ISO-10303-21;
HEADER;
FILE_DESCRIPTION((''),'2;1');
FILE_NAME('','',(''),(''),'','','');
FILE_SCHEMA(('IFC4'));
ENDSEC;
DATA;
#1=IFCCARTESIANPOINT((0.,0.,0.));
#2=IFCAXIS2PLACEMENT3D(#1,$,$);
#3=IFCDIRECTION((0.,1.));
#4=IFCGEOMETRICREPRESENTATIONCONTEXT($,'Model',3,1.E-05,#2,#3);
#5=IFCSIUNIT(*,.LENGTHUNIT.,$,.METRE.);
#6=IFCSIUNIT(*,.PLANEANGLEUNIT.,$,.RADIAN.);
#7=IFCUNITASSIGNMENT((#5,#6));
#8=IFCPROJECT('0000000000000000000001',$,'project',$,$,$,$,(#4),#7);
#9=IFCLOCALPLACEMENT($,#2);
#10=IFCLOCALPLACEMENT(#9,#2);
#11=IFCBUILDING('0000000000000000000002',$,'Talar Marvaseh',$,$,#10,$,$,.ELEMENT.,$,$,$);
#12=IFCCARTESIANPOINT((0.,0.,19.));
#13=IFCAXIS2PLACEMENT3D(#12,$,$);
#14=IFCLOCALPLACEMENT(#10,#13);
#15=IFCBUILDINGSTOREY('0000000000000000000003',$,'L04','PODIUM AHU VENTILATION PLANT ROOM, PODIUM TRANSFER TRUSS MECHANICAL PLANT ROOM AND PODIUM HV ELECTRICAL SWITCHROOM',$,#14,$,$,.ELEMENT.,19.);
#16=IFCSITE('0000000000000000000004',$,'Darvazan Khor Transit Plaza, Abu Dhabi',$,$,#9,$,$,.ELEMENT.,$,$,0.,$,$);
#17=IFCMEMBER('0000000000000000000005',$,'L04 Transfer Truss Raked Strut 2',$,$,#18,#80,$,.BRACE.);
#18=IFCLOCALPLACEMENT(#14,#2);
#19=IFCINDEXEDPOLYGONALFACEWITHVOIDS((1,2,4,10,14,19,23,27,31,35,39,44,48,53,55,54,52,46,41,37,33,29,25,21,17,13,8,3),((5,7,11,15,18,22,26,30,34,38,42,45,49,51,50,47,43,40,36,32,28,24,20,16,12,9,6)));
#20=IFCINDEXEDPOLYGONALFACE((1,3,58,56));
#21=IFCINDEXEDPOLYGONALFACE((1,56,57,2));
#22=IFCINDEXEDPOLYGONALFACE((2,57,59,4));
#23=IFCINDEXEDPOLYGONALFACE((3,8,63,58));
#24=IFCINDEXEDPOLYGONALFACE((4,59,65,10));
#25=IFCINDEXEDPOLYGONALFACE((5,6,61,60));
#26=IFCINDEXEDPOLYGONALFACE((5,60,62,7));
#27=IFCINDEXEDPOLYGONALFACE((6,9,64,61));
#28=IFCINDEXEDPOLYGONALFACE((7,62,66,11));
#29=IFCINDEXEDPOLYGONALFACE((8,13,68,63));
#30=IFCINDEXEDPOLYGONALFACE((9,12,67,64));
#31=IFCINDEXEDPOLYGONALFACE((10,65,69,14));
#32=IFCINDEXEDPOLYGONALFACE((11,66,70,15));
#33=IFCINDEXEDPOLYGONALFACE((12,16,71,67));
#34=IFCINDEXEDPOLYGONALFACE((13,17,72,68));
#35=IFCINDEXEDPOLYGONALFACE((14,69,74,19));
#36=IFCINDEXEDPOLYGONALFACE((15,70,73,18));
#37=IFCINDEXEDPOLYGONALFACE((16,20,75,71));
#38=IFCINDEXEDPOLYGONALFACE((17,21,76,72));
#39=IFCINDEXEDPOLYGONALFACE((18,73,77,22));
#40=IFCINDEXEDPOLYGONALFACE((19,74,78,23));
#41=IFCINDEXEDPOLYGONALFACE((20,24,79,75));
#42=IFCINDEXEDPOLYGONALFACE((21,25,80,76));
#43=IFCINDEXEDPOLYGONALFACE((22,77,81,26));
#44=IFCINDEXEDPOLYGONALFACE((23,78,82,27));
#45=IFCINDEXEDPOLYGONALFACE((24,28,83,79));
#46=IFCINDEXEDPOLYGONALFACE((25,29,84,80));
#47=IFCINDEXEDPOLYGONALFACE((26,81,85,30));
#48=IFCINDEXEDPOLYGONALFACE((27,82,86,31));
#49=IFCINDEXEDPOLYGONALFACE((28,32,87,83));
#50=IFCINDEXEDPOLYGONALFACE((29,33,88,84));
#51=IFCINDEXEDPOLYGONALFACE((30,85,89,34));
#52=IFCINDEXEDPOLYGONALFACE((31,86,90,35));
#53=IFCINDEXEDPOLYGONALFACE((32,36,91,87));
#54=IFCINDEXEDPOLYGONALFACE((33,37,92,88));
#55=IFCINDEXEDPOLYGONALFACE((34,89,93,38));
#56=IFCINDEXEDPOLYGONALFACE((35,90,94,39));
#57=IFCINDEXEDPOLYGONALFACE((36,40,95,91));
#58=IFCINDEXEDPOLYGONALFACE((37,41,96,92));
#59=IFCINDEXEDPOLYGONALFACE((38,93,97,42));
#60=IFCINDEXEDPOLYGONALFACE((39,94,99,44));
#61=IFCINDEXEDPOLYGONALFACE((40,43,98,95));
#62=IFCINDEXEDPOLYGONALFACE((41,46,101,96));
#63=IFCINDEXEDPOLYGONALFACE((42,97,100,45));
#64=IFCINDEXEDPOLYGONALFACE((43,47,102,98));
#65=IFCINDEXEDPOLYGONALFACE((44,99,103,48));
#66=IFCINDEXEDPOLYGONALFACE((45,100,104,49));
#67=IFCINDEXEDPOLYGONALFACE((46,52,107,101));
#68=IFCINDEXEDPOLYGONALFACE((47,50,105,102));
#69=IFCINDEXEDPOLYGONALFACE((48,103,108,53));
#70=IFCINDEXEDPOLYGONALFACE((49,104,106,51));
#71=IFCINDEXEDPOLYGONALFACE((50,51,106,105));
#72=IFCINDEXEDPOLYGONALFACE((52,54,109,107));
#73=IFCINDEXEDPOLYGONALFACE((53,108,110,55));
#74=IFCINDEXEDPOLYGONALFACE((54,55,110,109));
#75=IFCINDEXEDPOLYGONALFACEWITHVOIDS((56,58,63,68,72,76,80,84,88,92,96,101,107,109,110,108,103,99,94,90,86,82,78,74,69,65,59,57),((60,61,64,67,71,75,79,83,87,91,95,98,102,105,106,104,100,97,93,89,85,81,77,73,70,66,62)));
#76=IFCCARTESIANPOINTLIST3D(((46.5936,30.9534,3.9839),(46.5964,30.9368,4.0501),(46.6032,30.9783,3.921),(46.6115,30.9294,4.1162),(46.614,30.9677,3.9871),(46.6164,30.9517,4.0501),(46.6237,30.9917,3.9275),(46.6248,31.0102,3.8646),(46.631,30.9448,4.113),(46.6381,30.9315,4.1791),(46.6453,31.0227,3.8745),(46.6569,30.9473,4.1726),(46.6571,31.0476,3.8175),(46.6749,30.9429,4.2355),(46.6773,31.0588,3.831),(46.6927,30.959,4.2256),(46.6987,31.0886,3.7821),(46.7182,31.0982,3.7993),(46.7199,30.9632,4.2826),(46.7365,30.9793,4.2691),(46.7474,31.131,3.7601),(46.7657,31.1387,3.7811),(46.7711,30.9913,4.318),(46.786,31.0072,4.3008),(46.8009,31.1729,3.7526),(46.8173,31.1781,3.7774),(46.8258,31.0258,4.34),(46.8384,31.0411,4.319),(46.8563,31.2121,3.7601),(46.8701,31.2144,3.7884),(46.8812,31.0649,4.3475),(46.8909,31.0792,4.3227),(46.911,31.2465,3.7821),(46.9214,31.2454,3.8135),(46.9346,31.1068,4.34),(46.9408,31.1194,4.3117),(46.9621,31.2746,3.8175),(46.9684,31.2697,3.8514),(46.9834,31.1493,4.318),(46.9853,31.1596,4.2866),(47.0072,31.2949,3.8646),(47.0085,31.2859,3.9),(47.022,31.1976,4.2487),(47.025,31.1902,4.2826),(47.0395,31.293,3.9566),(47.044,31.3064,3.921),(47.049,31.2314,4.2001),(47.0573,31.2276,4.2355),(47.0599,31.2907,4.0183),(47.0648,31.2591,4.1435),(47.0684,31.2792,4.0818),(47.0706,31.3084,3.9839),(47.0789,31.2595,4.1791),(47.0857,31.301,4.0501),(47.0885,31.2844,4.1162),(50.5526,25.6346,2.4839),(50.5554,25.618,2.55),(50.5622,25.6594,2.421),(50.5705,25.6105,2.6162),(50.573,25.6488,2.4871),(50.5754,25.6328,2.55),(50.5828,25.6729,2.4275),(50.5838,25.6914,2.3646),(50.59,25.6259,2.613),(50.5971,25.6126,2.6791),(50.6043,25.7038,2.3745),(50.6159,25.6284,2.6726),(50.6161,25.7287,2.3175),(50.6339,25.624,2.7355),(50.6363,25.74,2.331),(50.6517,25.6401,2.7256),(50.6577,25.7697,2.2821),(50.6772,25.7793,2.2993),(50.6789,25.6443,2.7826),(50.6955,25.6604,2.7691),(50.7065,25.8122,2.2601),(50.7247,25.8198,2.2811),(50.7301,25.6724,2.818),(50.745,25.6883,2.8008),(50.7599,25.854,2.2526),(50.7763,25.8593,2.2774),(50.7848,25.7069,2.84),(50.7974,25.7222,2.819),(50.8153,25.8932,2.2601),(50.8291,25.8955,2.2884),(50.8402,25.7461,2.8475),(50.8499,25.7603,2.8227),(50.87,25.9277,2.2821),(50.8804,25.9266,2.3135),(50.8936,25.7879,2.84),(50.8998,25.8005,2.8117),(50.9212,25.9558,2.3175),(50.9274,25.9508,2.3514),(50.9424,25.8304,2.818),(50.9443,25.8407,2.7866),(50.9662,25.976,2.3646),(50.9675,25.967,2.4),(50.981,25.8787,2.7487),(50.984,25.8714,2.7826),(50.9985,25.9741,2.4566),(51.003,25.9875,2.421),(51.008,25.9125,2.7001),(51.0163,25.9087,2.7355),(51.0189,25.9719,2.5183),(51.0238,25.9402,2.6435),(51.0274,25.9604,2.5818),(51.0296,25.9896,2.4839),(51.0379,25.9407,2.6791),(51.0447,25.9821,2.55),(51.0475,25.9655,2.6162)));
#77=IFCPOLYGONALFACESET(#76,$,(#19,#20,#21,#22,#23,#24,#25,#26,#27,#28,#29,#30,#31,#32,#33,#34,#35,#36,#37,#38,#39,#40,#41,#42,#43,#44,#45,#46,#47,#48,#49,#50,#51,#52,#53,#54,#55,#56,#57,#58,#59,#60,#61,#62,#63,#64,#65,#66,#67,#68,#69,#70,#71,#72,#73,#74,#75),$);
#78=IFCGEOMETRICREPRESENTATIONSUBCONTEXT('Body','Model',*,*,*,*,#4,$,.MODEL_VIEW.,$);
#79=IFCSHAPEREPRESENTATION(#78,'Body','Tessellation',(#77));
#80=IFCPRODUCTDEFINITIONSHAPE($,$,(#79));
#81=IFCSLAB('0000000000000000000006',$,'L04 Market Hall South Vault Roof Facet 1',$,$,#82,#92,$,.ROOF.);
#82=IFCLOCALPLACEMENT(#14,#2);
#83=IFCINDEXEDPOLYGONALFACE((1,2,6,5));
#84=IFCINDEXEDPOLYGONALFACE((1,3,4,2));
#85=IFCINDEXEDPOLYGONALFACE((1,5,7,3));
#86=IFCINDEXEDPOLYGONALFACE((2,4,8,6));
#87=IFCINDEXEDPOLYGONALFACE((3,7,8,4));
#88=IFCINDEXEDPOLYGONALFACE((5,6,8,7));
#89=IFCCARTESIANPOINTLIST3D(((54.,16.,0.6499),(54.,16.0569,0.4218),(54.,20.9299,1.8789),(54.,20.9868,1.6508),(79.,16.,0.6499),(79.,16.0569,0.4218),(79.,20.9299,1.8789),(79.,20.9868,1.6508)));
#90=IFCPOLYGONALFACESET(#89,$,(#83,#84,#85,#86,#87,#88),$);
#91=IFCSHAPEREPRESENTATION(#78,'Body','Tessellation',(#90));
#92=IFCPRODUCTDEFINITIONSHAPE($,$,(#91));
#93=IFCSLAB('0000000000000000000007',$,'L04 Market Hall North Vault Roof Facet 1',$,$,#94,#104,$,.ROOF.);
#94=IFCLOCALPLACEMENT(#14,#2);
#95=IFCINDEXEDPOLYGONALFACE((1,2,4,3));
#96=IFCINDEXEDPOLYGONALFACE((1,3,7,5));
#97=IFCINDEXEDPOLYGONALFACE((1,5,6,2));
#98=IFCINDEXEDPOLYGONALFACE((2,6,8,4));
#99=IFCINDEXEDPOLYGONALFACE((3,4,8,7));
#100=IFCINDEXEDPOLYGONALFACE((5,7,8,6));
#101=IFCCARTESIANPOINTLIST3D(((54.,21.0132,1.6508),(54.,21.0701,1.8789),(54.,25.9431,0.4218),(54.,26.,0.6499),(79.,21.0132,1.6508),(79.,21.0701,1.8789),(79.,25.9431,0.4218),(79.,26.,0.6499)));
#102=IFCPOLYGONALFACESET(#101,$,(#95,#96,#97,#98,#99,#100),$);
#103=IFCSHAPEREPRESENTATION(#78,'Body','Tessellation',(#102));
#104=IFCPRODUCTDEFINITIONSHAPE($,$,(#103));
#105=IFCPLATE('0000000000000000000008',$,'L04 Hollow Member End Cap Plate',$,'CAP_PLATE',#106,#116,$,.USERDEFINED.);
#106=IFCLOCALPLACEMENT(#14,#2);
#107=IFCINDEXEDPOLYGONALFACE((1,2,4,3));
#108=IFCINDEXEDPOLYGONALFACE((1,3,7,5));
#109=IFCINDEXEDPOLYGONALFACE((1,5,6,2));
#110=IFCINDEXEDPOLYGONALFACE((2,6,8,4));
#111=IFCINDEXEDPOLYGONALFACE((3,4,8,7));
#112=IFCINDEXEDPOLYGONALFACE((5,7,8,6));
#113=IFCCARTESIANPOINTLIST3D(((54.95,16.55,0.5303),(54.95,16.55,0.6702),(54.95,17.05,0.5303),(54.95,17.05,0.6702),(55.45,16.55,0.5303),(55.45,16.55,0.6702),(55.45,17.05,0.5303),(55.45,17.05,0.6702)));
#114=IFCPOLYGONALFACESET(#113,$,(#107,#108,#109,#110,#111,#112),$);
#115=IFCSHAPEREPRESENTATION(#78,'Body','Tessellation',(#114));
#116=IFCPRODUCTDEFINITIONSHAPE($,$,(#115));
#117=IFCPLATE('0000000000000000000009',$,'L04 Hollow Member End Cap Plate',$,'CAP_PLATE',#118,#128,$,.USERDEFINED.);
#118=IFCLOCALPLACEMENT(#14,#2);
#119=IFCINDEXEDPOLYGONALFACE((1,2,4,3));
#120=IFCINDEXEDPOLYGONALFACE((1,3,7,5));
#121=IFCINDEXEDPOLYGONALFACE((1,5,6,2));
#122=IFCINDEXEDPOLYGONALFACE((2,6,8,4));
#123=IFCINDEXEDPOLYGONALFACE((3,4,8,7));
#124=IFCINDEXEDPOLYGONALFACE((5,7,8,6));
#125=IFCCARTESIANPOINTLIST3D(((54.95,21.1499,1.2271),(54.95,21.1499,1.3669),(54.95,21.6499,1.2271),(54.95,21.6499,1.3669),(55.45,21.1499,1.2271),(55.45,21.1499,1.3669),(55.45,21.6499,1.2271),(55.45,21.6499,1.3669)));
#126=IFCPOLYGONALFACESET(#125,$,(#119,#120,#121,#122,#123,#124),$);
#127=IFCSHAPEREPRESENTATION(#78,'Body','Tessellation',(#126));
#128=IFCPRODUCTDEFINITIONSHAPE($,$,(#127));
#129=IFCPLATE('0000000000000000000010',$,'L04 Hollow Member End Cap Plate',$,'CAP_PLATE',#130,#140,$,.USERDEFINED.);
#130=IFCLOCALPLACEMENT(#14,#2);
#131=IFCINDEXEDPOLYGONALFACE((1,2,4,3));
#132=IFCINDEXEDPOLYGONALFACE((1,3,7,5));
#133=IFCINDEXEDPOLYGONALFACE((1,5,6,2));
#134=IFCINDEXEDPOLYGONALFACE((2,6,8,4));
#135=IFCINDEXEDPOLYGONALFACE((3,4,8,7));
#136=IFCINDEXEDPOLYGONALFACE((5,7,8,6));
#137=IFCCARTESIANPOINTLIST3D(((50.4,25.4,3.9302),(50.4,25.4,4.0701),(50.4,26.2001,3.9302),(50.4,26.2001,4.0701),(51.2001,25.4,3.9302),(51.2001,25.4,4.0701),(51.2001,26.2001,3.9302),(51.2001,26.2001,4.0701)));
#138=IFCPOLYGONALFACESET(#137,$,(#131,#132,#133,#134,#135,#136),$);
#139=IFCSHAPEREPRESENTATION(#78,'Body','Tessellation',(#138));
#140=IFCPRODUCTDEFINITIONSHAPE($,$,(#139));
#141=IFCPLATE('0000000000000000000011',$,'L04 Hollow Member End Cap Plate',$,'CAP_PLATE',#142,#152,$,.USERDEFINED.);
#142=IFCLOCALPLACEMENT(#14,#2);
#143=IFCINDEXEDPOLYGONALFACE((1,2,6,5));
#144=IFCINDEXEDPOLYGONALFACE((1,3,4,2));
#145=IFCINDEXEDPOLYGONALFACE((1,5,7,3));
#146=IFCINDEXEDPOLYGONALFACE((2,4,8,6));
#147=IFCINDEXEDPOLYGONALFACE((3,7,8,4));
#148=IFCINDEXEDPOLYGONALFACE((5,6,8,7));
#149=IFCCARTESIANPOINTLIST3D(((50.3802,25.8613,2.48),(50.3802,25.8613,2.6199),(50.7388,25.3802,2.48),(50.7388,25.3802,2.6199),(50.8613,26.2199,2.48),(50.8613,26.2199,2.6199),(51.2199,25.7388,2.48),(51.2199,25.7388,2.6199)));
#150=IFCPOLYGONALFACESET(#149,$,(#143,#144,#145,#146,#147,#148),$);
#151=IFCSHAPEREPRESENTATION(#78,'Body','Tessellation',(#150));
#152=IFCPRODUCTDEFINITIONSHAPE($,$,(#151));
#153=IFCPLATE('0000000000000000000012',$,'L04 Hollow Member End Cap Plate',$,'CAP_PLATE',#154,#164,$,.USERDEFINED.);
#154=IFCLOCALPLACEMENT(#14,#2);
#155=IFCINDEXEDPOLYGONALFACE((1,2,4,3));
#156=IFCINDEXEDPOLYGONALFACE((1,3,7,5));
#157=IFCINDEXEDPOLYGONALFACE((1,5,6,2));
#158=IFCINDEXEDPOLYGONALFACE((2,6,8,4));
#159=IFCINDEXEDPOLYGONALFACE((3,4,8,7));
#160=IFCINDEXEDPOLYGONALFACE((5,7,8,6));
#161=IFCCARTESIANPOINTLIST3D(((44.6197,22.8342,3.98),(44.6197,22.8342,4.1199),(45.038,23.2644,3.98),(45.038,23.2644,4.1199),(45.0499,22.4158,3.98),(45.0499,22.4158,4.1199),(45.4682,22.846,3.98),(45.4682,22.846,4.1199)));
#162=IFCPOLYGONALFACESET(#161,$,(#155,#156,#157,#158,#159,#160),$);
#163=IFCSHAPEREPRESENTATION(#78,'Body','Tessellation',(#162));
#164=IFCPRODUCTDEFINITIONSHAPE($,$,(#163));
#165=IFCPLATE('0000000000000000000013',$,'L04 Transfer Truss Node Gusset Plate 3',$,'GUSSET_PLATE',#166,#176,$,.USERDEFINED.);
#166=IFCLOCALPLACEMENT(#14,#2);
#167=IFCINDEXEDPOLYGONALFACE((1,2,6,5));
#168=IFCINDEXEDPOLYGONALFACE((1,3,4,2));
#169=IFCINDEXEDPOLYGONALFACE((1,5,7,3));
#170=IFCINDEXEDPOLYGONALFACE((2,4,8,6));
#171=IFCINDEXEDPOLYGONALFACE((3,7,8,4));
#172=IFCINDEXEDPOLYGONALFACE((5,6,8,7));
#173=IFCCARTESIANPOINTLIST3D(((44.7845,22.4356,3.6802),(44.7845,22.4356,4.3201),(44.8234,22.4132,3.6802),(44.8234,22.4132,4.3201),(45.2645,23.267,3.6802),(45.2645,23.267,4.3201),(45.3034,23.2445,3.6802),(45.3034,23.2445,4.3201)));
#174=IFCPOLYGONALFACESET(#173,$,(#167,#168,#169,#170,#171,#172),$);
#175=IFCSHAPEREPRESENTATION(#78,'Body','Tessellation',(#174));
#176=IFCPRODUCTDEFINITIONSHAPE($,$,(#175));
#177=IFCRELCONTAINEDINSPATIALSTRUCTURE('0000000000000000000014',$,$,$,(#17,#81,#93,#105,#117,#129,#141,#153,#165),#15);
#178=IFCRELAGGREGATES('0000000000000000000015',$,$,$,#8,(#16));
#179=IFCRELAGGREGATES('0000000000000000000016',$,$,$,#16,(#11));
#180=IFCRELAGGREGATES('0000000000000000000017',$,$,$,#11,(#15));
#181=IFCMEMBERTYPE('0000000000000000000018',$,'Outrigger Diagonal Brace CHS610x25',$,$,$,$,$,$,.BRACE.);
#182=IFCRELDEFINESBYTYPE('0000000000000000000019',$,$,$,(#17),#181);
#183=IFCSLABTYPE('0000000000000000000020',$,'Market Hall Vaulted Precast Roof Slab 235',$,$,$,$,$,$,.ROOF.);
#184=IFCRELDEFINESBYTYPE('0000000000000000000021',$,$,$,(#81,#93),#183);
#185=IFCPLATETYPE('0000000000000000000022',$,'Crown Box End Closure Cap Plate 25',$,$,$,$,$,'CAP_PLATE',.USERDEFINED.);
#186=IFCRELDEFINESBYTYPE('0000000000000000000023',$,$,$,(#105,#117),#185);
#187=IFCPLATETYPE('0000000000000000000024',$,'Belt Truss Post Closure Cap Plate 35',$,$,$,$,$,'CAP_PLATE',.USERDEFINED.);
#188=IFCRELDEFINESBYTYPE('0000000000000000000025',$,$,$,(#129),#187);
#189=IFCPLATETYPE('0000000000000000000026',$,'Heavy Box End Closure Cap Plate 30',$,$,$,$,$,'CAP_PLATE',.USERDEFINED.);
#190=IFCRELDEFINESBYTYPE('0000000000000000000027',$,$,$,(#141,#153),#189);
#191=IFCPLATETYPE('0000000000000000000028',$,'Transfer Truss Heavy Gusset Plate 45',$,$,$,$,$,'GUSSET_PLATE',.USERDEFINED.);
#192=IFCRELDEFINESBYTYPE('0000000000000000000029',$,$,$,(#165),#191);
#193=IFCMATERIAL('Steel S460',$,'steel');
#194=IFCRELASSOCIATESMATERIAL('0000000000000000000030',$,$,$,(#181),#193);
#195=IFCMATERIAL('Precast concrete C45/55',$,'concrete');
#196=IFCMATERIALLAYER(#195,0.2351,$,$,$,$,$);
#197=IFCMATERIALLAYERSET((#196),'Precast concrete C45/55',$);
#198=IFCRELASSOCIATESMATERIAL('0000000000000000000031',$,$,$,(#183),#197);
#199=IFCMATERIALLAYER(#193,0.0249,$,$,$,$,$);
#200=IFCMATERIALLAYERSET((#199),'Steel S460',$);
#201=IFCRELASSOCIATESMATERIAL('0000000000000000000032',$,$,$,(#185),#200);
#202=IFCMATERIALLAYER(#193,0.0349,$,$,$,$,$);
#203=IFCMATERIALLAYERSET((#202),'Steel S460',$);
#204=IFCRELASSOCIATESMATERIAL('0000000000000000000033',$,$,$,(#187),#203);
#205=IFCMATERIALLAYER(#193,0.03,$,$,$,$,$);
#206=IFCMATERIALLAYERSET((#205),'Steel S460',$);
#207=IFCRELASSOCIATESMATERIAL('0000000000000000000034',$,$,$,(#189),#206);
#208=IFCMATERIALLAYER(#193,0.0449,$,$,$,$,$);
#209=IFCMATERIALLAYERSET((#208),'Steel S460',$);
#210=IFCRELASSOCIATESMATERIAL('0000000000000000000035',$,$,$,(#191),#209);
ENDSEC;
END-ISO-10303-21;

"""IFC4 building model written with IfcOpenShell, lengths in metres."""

from ifc_helpers import new_model, si_unit, direction, frame, origin, origin_2d, place, context, subcontext, project, spatial, polyline, rectangle, hollow_circle, outline, extrude, source, transform, mapped, material, layer, layer_set, material_profile, profile_set, type_object, type_shapes, element, save


model = new_model("IFC4")

# Units and contexts
model_context = context("Model", 3, precision=1e-05, world=origin(), true_north=direction((0.0, 1.0)))
body_context = subcontext(model_context, "Body", "Model", "MODEL_VIEW")
ifc_project = project(units=[si_unit("LENGTHUNIT", "METRE"), si_unit("PLANEANGLEUNIT", "RADIAN")], contexts=[model_context])

# Site, building, storey
site_placement = place(None, origin())
site = spatial("IfcSite", under=ifc_project, at=site_placement, Name="Darvazan Khor Transit Plaza, Abu Dhabi", CompositionType="ELEMENT", RefElevation=0.0)
building_placement = place(site_placement, origin())
building = spatial("IfcBuilding", under=site, at=building_placement, Name="Talar Marvaseh", CompositionType="ELEMENT")
storey_placement = place(building_placement, frame((0.0, 0.0, 19.0)))
storey = spatial("IfcBuildingStorey", under=building, at=storey_placement, Name="L04", Description="PODIUM AHU VENTILATION PLANT ROOM, PODIUM TRANSFER TRUSS MECHANICAL PLANT ROOM AND PODIUM HV ELECTRICAL SWITCHROOM", CompositionType="ELEMENT", Elevation=19.0)

# Shared definitions
ifc_material_1 = material(Name="Steel S460", Category="steel")

# Member
ifc_material_profile_1 = material_profile(ifc_material_1, hollow_circle(Radius=0.3049, WallThickness=0.0249, at=origin_2d()), Name="CHS610x25")
ifc_profile_set_1 = profile_set([ifc_material_profile_1], Name="Steel S460")
member_type_1 = type_object("IfcMemberType", Name="Outrigger Diagonal Brace CHS610x25", PredefinedType="BRACE", material=ifc_profile_set_1)
shared_shape_1 = source(origin(), body_context, "Body", "SweptSolid", [
    extrude(hollow_circle(Radius=0.3049, WallThickness=0.0249, at=origin_2d()), origin(), (0.0, 0.0, 1.0), 6.7981),
])
type_shapes(member_type_1, [shared_shape_1])
member_1_placement = place(storey_placement, frame((50.8, 25.8, 2.55), z_axis=(-0.582369, 0.782406, 0.220651), x_axis=(-0.802177, -0.597086, 0.0)))
element("IfcMember", 1, at=member_1_placement, inside=storey, type_object=member_type_1, Name="L04 Transfer Truss Raked Strut 2", PredefinedType="BRACE", context=body_context, shape_type="MappedRepresentation", body=[
    mapped(shared_shape_1, transform((0.0, 0.0, 0.0), x_axis=(1.0, 0.0, 0.0), y_axis=(0.0, 1.0, 0.0), z_axis=(0.0, 0.0, 1.0), scale=1.0)),
])

# Slabs
ifc_material_2 = material(Name="Precast concrete C45/55", Category="concrete")
ifc_layer_1 = layer(ifc_material_2, 0.2351)
ifc_layer_set_1 = layer_set([ifc_layer_1], Name="Precast concrete C45/55")
slab_type = type_object("IfcSlabType", Name="Market Hall Vaulted Precast Roof Slab 235", PredefinedType="ROOF", material=ifc_layer_set_1)
for number, where, z_axis, x_axis, name in (
    (2, (54.0, 16.0, 0.6499), (0.0, -0.241891, 0.970303), (1.0, 0.0, 0.0), "L04 Market Hall South Vault Roof Facet 1"),
    (3, (54.0, 21.0701, 1.8789), (0.0, 0.241891, 0.970303), (1.0, 0.0, 0.0), "L04 Market Hall North Vault Roof Facet 1"),
):
    element("IfcSlab", number, at=place(storey_placement, frame(where, z_axis=z_axis, x_axis=x_axis)), inside=storey, type_object=slab_type, Name=name, PredefinedType="ROOF", context=body_context, shape_type="SweptSolid", body=[
        extrude(outline(polyline([(0.0, 0.0), (25.0, 0.0), (25.0, 5.0808), (0.0, 5.0808), (0.0, 0.0)])), origin(), (0.0, 0.0, -1.0), 0.2351),
    ])

# Plates
ifc_layer_2 = layer(ifc_material_1, 0.0249)
ifc_layer_set_2 = layer_set([ifc_layer_2], Name="Steel S460")
plate_type_1 = type_object("IfcPlateType", Name="Crown Box End Closure Cap Plate 25", ElementType="CAP_PLATE", PredefinedType="USERDEFINED", material=ifc_layer_set_2)
shared_shape_2 = source(origin(), body_context, "Body", "SweptSolid", [
    extrude(rectangle(XDim=0.5, YDim=0.5, at=origin_2d()), origin(), (0.0, 0.0, 1.0), 0.1399),
])
type_shapes(plate_type_1, [shared_shape_2])
for number, where, z_axis, x_axis, name in (
    (4, (55.2, 16.8, 0.5303), (0.0, 0.0, 1.0), (0.0, 1.0, 0.0), "L04 Hollow Member End Cap Plate"),
    (5, (55.2, 21.3999, 1.2271), (0.0, 0.0, 1.0), (0.0, 1.0, 0.0), "L04 Hollow Member End Cap Plate"),
):
    element("IfcPlate", number, at=place(storey_placement, frame(where, z_axis=z_axis, x_axis=x_axis)), inside=storey, type_object=plate_type_1, Name=name, ObjectType="CAP_PLATE", PredefinedType="USERDEFINED", context=body_context, shape_type="MappedRepresentation", body=[
        mapped(shared_shape_2, transform((0.0, 0.0, 0.0), x_axis=(1.0, 0.0, 0.0), y_axis=(0.0, 1.0, 0.0), z_axis=(0.0, 0.0, 1.0), scale=1.0)),
    ])
ifc_layer_3 = layer(ifc_material_1, 0.0349)
ifc_layer_set_3 = layer_set([ifc_layer_3], Name="Steel S460")
plate_type_2 = type_object("IfcPlateType", Name="Belt Truss Post Closure Cap Plate 35", ElementType="CAP_PLATE", PredefinedType="USERDEFINED", material=ifc_layer_set_3)
shared_shape_3 = source(origin(), body_context, "Body", "SweptSolid", [
    extrude(rectangle(XDim=0.8, YDim=0.8, at=origin_2d()), origin(), (0.0, 0.0, 1.0), 0.1399),
])
plate_1_placement = place(storey_placement, frame((50.8, 25.8, 3.9302), z_axis=(0.0, 0.0, 1.0), x_axis=(0.0, 1.0, 0.0)))
element("IfcPlate", 6, at=plate_1_placement, inside=storey, type_object=plate_type_2, Name="L04 Hollow Member End Cap Plate", ObjectType="CAP_PLATE", PredefinedType="USERDEFINED", context=body_context, shape_type="MappedRepresentation", body=[
    mapped(shared_shape_3, transform((0.0, 0.0, 0.0), x_axis=(1.0, 0.0, 0.0), y_axis=(0.0, 1.0, 0.0), z_axis=(0.0, 0.0, 1.0), scale=1.0)),
])
ifc_layer_4 = layer(ifc_material_1, 0.03)
ifc_layer_set_4 = layer_set([ifc_layer_4], Name="Steel S460")
plate_type_3 = type_object("IfcPlateType", Name="Heavy Box End Closure Cap Plate 30", ElementType="CAP_PLATE", PredefinedType="USERDEFINED", material=ifc_layer_set_4)
shared_shape_4 = source(origin(), body_context, "Body", "SweptSolid", [
    extrude(rectangle(XDim=0.6001, YDim=0.6001, at=origin_2d()), origin(), (0.0, 0.0, 1.0), 0.1399),
])
type_shapes(plate_type_3, [shared_shape_4])
for number, where, z_axis, x_axis, name in (
    (7, (50.8, 25.8, 2.48), (0.0, 0.0, 1.0), (-0.597625, 0.801776, 0.0), "L04 Hollow Member End Cap Plate"),
    (8, (45.0439, 22.8401, 3.98), (0.0, 0.0, 1.0), (0.716911, -0.697165, 0.0), "L04 Hollow Member End Cap Plate"),
):
    element("IfcPlate", number, at=place(storey_placement, frame(where, z_axis=z_axis, x_axis=x_axis)), inside=storey, type_object=plate_type_3, Name=name, ObjectType="CAP_PLATE", PredefinedType="USERDEFINED", context=body_context, shape_type="MappedRepresentation", body=[
        mapped(shared_shape_4, transform((0.0, 0.0, 0.0), x_axis=(1.0, 0.0, 0.0), y_axis=(0.0, 1.0, 0.0), z_axis=(0.0, 0.0, 1.0), scale=1.0)),
    ])
ifc_layer_5 = layer(ifc_material_1, 0.0449)
ifc_layer_set_5 = layer_set([ifc_layer_5], Name="Steel S460")
plate_type_4 = type_object("IfcPlateType", Name="Transfer Truss Heavy Gusset Plate 45", ElementType="GUSSET_PLATE", PredefinedType="USERDEFINED", material=ifc_layer_set_5)
shared_shape_5 = source(origin(), body_context, "Body", "SweptSolid", [
    extrude(rectangle(XDim=0.96, YDim=0.0449, at=origin_2d()), origin(), (0.0, 0.0, 1.0), 0.6399),
])
type_shapes(plate_type_4, [shared_shape_5])
plate_2_placement = place(storey_placement, frame((45.0439, 22.8401, 3.6802), z_axis=(0.0, 0.0, 1.0), x_axis=(0.5, 0.866025, 0.0)))
element("IfcPlate", 9, at=plate_2_placement, inside=storey, type_object=plate_type_4, Name="L04 Transfer Truss Node Gusset Plate 3", ObjectType="GUSSET_PLATE", PredefinedType="USERDEFINED", context=body_context, shape_type="MappedRepresentation", body=[
    mapped(shared_shape_5, transform((0.0, 0.0, 0.0), x_axis=(1.0, 0.0, 0.0), y_axis=(0.0, 1.0, 0.0), z_axis=(0.0, 0.0, 1.0), scale=1.0)),
])

save(model, "model.ifc")
